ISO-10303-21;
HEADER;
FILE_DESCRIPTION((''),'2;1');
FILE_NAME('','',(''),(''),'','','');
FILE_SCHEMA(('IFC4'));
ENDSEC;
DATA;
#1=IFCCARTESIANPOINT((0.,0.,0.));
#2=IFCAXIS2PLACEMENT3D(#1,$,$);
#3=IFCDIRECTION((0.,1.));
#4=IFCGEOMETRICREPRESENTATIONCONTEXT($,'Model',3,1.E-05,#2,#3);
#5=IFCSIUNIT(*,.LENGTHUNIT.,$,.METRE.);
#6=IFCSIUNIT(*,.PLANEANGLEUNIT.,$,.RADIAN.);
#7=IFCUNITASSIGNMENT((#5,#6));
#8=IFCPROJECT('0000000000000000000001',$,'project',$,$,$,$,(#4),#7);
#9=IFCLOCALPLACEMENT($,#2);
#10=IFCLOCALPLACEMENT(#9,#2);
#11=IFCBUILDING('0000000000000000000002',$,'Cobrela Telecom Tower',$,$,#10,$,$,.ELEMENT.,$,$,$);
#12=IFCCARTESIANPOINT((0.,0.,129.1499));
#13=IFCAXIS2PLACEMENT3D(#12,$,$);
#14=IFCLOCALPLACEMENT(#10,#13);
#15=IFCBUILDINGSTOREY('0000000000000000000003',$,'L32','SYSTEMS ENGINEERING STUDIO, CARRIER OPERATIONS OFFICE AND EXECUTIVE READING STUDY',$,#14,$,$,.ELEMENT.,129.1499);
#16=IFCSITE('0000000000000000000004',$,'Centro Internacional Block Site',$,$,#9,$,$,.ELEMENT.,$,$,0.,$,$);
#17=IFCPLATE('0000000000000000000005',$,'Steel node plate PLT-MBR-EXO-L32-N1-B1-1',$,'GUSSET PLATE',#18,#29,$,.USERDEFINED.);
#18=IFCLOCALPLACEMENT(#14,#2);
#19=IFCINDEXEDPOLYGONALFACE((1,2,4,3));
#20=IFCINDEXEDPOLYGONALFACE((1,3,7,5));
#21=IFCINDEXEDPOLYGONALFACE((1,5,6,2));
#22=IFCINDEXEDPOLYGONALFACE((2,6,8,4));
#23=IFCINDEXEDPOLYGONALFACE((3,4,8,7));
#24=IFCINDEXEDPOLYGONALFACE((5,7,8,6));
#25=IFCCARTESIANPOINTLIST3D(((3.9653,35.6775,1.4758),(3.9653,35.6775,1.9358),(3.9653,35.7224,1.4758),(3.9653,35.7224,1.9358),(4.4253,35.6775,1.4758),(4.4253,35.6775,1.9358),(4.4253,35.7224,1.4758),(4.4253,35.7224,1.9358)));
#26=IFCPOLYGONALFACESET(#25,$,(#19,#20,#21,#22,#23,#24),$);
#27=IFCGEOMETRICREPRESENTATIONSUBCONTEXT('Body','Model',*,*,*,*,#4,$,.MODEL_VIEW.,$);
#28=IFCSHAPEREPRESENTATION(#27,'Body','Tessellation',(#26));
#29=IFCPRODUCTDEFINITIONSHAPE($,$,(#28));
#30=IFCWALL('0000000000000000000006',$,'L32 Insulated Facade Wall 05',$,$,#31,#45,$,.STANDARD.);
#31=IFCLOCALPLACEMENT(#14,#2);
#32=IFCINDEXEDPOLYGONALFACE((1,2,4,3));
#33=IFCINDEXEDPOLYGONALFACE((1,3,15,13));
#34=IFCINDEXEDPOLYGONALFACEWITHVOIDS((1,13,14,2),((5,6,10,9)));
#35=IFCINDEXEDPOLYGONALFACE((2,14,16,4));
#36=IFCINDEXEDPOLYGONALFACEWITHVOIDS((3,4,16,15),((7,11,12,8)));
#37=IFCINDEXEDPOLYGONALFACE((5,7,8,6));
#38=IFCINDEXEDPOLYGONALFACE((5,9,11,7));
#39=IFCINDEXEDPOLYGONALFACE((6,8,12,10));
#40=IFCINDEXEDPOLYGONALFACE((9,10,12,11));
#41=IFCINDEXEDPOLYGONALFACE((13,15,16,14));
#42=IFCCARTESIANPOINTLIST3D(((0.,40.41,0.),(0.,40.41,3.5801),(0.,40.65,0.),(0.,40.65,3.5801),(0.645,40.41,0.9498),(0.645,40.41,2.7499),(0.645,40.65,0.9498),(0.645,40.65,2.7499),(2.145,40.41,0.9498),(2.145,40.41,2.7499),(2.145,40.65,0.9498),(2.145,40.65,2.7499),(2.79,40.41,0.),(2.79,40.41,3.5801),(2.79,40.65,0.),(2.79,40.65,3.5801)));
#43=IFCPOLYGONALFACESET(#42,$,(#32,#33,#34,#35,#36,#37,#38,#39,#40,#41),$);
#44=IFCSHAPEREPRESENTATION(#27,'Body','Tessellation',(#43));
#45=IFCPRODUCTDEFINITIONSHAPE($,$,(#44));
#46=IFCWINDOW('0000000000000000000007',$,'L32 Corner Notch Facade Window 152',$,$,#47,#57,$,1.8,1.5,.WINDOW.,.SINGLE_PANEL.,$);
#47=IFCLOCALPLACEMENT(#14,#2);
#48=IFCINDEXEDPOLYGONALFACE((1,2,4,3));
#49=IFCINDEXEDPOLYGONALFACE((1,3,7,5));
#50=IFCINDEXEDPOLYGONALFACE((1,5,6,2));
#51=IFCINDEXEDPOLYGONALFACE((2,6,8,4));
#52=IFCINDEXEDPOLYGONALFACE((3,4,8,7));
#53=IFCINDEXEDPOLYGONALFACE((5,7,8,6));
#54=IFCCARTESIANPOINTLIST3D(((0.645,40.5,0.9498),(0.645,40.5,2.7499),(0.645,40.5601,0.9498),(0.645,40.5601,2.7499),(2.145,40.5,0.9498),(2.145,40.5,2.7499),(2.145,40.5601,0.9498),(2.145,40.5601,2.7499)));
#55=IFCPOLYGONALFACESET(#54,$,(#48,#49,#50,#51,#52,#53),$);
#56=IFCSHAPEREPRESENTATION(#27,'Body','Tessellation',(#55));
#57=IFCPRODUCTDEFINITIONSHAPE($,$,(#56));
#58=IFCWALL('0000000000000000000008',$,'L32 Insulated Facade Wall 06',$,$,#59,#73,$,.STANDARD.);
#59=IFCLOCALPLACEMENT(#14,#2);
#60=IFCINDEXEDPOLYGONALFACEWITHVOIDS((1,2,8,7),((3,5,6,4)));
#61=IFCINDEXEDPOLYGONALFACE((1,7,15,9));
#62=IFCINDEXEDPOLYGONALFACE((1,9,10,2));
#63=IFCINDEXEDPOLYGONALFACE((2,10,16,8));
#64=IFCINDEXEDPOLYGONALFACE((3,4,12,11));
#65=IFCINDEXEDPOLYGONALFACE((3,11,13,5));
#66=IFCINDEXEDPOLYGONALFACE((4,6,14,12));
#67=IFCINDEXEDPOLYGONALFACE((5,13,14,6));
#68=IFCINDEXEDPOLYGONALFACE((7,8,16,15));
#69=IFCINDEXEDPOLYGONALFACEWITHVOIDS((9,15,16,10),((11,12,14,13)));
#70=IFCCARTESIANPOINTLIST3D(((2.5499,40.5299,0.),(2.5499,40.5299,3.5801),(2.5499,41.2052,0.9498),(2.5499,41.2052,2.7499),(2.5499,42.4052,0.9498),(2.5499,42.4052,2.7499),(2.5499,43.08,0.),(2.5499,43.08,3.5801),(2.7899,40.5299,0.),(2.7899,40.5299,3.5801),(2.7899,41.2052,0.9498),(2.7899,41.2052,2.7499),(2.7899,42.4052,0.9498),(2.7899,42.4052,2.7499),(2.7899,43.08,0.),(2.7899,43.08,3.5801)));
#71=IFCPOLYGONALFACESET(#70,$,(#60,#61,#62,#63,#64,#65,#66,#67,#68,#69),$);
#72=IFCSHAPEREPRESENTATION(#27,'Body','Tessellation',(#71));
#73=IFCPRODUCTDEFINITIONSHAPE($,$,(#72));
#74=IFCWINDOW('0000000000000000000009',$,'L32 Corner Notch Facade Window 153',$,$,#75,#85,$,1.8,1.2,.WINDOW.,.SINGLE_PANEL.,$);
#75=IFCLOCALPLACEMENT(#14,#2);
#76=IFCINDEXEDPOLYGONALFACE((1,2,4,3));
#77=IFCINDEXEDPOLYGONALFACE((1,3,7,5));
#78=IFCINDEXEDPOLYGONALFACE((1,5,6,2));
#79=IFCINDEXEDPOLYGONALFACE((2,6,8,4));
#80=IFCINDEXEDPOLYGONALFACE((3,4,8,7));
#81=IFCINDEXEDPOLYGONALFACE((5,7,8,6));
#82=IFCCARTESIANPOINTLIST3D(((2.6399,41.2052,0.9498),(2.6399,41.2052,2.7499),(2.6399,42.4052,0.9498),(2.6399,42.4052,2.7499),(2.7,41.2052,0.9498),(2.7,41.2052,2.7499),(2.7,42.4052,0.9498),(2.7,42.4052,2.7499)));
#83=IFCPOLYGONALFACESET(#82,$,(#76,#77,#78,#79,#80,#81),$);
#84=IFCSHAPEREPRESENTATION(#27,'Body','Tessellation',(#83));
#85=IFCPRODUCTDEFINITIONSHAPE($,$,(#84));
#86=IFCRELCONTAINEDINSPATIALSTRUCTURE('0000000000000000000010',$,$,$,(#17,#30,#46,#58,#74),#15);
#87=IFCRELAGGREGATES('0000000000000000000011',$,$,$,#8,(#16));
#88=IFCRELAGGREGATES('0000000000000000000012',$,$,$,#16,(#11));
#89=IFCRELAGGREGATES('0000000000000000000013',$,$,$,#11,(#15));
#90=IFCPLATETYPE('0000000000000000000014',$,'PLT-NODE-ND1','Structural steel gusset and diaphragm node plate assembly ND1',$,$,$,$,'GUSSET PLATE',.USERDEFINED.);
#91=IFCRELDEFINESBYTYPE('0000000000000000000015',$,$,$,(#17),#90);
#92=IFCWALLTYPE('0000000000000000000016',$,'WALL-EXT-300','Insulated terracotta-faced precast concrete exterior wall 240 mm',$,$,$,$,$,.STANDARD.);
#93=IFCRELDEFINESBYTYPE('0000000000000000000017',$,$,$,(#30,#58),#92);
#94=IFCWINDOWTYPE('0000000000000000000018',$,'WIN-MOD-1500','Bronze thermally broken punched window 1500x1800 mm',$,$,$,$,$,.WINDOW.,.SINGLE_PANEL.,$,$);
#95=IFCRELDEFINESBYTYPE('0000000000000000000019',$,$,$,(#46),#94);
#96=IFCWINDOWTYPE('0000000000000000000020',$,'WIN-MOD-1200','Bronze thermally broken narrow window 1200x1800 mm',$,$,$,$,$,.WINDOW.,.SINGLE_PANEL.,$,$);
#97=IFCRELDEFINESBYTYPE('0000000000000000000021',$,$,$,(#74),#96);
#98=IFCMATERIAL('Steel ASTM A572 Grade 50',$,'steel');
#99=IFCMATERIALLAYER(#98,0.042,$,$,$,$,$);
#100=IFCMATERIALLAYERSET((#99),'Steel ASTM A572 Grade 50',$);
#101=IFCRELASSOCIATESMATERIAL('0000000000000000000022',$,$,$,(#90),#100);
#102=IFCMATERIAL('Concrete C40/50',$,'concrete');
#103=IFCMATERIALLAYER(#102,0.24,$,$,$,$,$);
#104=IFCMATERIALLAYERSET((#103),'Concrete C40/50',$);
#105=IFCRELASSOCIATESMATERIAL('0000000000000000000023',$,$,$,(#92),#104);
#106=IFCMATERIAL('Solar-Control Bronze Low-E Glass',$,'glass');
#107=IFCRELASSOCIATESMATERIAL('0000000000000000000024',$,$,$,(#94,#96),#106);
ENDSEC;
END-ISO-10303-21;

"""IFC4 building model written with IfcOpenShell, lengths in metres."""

from ifc_helpers import new_model, si_unit, direction, frame, frame_2d, origin, origin_2d, place, context, subcontext, project, spatial, rectangle, extrude, material, layer, layer_set, type_object, element, fill, save


model = new_model("IFC4")

# Units and contexts
model_context = context("Model", 3, precision=1e-05, world=origin(), true_north=direction((0.0, 1.0)))
body_context = subcontext(model_context, "Body", "Model", "MODEL_VIEW")
ifc_project = project(units=[si_unit("LENGTHUNIT", "METRE"), si_unit("PLANEANGLEUNIT", "RADIAN")], contexts=[model_context])

# Site, building, storey
site_placement = place(None, origin())
site = spatial("IfcSite", under=ifc_project, at=site_placement, Name="Centro Internacional Block Site", CompositionType="ELEMENT", RefElevation=0.0)
building_placement = place(site_placement, origin())
building = spatial("IfcBuilding", under=site, at=building_placement, Name="Cobrela Telecom Tower", CompositionType="ELEMENT")
storey_placement = place(building_placement, frame((0.0, 0.0, 129.1499)))
storey = spatial("IfcBuildingStorey", under=building, at=storey_placement, Name="L32", Description="SYSTEMS ENGINEERING STUDIO, CARRIER OPERATIONS OFFICE AND EXECUTIVE READING STUDY", CompositionType="ELEMENT", Elevation=129.1499)

# Shared definitions
ifc_material_1 = material(Name="Steel ASTM A572 Grade 50", Category="steel")

# Shared definitions
ifc_material_2 = material(Name="Solar-Control Bronze Low-E Glass", Category="glass")

# Plate
ifc_layer_1 = layer(ifc_material_1, 0.042)
ifc_layer_set_1 = layer_set([ifc_layer_1], Name="Steel ASTM A572 Grade 50")
plate_type_1 = type_object("IfcPlateType", Name="PLT-NODE-ND1", Description="Structural steel gusset and diaphragm node plate assembly ND1", ElementType="GUSSET PLATE", PredefinedType="USERDEFINED", material=ifc_layer_set_1)
for number, where, z_axis, x_axis, name in (
    (1, (4.1953, 35.7, 1.4758), (0.0, 0.0, 1.0), (-1.0, 0.0, 0.0), "Steel node plate PLT-MBR-EXO-L32-N1-B1-1"),
):
    element("IfcPlate", number, at=place(storey_placement, frame(where, z_axis=z_axis, x_axis=x_axis)), inside=storey, type_object=plate_type_1, Name=name, ObjectType="GUSSET PLATE", PredefinedType="USERDEFINED", context=body_context, shape_type="SweptSolid", body=[
        extrude(rectangle(XDim=0.46, YDim=0.0449, at=origin_2d()), origin(), (0.0, 0.0, 1.0), 0.46),
    ])

# Walls, openings, windows
ifc_material_3 = material(Name="Concrete C40/50", Category="concrete")
ifc_layer_2 = layer(ifc_material_3, 0.24)
ifc_layer_set_2 = layer_set([ifc_layer_2], Name="Concrete C40/50")
wall_type = type_object("IfcWallType", Name="WALL-EXT-300", Description="Insulated terracotta-faced precast concrete exterior wall 240 mm", PredefinedType="STANDARD", material=ifc_layer_set_2)
wall_1_placement = place(storey_placement, frame((0.0, 40.53, 0.0), z_axis=(0.0, 0.0, 1.0), x_axis=(1.0, 0.0, 0.0)))
wall_1 = element("IfcWall", 2, at=wall_1_placement, inside=storey, type_object=wall_type, Name="L32 Insulated Facade Wall 05", PredefinedType="STANDARD", context=body_context, shape_type="SweptSolid", body=[
    extrude(rectangle(XDim=2.79, YDim=0.24, at=frame_2d((1.395, 0.0))), origin(), (0.0, 0.0, 1.0), 3.5801),
])
opening_1_placement = place(wall_1_placement, frame((0.645, 0.0, 0.95)))
opening_1 = element("IfcOpeningElement", 3, at=opening_1_placement, cuts=wall_1, PredefinedType="OPENING", context=body_context, shape_type="SweptSolid", body=[
    extrude(rectangle(XDim=1.5, YDim=1.8, at=frame_2d((0.75, 0.8999))), frame((0.0, 0.1318, 0.0), z_axis=(0.0, -1.0, 0.0), x_axis=(1.0, 0.0, 0.0)), (0.0, 0.0, 1.0), 0.2639),
])
window_type_1 = type_object("IfcWindowType", Name="WIN-MOD-1500", Description="Bronze thermally broken punched window 1500x1800 mm", PartitioningType="SINGLE_PANEL", PredefinedType="WINDOW", material=ifc_material_2)
window_1_placement = place(opening_1_placement, origin())
window_1 = element("IfcWindow", 4, at=window_1_placement, inside=storey, type_object=window_type_1, Name="L32 Corner Notch Facade Window 152", OverallHeight=1.8, OverallWidth=1.5, PartitioningType="SINGLE_PANEL", PredefinedType="WINDOW", context=body_context, shape_type="SweptSolid", body=[
    extrude(rectangle(XDim=1.5, YDim=1.8, at=frame_2d((0.75, 0.8999))), frame((0.0, 0.03, 0.0), z_axis=(0.0, -1.0, 0.0), x_axis=(1.0, 0.0, 0.0)), (0.0, 0.0, 1.0), 0.0601),
])
fill(opening_1, window_1)
wall_2_placement = place(storey_placement, frame((2.6699, 40.53, 0.0), z_axis=(0.0, 0.0, 1.0), x_axis=(0.0, 1.0, 0.0)))
wall_2 = element("IfcWall", 5, at=wall_2_placement, inside=storey, type_object=wall_type, Name="L32 Insulated Facade Wall 06", PredefinedType="STANDARD", context=body_context, shape_type="SweptSolid", body=[
    extrude(rectangle(XDim=2.55, YDim=0.24, at=frame_2d((1.2749, 0.0))), origin(), (0.0, 0.0, 1.0), 3.5801),
])
opening_2_placement = place(wall_2_placement, frame((0.675, 0.0, 0.95)))
opening_2 = element("IfcOpeningElement", 6, at=opening_2_placement, cuts=wall_2, PredefinedType="OPENING", context=body_context, shape_type="SweptSolid", body=[
    extrude(rectangle(XDim=1.2, YDim=1.8, at=frame_2d((0.6001, 0.8999))), frame((0.0, 0.1318, 0.0), z_axis=(0.0, -1.0, 0.0), x_axis=(1.0, 0.0, 0.0)), (0.0, 0.0, 1.0), 0.2639),
])
window_type_2 = type_object("IfcWindowType", Name="WIN-MOD-1200", Description="Bronze thermally broken narrow window 1200x1800 mm", PartitioningType="SINGLE_PANEL", PredefinedType="WINDOW", material=ifc_material_2)
window_2_placement = place(opening_2_placement, origin())
window_2 = element("IfcWindow", 7, at=window_2_placement, inside=storey, type_object=window_type_2, Name="L32 Corner Notch Facade Window 153", OverallHeight=1.8, OverallWidth=1.2, PartitioningType="SINGLE_PANEL", PredefinedType="WINDOW", context=body_context, shape_type="SweptSolid", body=[
    extrude(rectangle(XDim=1.2, YDim=1.8, at=frame_2d((0.6001, 0.8999))), frame((0.0, 0.03, 0.0), z_axis=(0.0, -1.0, 0.0), x_axis=(1.0, 0.0, 0.0)), (0.0, 0.0, 1.0), 0.0601),
])
fill(opening_2, window_2)

save(model, "model.ifc")
